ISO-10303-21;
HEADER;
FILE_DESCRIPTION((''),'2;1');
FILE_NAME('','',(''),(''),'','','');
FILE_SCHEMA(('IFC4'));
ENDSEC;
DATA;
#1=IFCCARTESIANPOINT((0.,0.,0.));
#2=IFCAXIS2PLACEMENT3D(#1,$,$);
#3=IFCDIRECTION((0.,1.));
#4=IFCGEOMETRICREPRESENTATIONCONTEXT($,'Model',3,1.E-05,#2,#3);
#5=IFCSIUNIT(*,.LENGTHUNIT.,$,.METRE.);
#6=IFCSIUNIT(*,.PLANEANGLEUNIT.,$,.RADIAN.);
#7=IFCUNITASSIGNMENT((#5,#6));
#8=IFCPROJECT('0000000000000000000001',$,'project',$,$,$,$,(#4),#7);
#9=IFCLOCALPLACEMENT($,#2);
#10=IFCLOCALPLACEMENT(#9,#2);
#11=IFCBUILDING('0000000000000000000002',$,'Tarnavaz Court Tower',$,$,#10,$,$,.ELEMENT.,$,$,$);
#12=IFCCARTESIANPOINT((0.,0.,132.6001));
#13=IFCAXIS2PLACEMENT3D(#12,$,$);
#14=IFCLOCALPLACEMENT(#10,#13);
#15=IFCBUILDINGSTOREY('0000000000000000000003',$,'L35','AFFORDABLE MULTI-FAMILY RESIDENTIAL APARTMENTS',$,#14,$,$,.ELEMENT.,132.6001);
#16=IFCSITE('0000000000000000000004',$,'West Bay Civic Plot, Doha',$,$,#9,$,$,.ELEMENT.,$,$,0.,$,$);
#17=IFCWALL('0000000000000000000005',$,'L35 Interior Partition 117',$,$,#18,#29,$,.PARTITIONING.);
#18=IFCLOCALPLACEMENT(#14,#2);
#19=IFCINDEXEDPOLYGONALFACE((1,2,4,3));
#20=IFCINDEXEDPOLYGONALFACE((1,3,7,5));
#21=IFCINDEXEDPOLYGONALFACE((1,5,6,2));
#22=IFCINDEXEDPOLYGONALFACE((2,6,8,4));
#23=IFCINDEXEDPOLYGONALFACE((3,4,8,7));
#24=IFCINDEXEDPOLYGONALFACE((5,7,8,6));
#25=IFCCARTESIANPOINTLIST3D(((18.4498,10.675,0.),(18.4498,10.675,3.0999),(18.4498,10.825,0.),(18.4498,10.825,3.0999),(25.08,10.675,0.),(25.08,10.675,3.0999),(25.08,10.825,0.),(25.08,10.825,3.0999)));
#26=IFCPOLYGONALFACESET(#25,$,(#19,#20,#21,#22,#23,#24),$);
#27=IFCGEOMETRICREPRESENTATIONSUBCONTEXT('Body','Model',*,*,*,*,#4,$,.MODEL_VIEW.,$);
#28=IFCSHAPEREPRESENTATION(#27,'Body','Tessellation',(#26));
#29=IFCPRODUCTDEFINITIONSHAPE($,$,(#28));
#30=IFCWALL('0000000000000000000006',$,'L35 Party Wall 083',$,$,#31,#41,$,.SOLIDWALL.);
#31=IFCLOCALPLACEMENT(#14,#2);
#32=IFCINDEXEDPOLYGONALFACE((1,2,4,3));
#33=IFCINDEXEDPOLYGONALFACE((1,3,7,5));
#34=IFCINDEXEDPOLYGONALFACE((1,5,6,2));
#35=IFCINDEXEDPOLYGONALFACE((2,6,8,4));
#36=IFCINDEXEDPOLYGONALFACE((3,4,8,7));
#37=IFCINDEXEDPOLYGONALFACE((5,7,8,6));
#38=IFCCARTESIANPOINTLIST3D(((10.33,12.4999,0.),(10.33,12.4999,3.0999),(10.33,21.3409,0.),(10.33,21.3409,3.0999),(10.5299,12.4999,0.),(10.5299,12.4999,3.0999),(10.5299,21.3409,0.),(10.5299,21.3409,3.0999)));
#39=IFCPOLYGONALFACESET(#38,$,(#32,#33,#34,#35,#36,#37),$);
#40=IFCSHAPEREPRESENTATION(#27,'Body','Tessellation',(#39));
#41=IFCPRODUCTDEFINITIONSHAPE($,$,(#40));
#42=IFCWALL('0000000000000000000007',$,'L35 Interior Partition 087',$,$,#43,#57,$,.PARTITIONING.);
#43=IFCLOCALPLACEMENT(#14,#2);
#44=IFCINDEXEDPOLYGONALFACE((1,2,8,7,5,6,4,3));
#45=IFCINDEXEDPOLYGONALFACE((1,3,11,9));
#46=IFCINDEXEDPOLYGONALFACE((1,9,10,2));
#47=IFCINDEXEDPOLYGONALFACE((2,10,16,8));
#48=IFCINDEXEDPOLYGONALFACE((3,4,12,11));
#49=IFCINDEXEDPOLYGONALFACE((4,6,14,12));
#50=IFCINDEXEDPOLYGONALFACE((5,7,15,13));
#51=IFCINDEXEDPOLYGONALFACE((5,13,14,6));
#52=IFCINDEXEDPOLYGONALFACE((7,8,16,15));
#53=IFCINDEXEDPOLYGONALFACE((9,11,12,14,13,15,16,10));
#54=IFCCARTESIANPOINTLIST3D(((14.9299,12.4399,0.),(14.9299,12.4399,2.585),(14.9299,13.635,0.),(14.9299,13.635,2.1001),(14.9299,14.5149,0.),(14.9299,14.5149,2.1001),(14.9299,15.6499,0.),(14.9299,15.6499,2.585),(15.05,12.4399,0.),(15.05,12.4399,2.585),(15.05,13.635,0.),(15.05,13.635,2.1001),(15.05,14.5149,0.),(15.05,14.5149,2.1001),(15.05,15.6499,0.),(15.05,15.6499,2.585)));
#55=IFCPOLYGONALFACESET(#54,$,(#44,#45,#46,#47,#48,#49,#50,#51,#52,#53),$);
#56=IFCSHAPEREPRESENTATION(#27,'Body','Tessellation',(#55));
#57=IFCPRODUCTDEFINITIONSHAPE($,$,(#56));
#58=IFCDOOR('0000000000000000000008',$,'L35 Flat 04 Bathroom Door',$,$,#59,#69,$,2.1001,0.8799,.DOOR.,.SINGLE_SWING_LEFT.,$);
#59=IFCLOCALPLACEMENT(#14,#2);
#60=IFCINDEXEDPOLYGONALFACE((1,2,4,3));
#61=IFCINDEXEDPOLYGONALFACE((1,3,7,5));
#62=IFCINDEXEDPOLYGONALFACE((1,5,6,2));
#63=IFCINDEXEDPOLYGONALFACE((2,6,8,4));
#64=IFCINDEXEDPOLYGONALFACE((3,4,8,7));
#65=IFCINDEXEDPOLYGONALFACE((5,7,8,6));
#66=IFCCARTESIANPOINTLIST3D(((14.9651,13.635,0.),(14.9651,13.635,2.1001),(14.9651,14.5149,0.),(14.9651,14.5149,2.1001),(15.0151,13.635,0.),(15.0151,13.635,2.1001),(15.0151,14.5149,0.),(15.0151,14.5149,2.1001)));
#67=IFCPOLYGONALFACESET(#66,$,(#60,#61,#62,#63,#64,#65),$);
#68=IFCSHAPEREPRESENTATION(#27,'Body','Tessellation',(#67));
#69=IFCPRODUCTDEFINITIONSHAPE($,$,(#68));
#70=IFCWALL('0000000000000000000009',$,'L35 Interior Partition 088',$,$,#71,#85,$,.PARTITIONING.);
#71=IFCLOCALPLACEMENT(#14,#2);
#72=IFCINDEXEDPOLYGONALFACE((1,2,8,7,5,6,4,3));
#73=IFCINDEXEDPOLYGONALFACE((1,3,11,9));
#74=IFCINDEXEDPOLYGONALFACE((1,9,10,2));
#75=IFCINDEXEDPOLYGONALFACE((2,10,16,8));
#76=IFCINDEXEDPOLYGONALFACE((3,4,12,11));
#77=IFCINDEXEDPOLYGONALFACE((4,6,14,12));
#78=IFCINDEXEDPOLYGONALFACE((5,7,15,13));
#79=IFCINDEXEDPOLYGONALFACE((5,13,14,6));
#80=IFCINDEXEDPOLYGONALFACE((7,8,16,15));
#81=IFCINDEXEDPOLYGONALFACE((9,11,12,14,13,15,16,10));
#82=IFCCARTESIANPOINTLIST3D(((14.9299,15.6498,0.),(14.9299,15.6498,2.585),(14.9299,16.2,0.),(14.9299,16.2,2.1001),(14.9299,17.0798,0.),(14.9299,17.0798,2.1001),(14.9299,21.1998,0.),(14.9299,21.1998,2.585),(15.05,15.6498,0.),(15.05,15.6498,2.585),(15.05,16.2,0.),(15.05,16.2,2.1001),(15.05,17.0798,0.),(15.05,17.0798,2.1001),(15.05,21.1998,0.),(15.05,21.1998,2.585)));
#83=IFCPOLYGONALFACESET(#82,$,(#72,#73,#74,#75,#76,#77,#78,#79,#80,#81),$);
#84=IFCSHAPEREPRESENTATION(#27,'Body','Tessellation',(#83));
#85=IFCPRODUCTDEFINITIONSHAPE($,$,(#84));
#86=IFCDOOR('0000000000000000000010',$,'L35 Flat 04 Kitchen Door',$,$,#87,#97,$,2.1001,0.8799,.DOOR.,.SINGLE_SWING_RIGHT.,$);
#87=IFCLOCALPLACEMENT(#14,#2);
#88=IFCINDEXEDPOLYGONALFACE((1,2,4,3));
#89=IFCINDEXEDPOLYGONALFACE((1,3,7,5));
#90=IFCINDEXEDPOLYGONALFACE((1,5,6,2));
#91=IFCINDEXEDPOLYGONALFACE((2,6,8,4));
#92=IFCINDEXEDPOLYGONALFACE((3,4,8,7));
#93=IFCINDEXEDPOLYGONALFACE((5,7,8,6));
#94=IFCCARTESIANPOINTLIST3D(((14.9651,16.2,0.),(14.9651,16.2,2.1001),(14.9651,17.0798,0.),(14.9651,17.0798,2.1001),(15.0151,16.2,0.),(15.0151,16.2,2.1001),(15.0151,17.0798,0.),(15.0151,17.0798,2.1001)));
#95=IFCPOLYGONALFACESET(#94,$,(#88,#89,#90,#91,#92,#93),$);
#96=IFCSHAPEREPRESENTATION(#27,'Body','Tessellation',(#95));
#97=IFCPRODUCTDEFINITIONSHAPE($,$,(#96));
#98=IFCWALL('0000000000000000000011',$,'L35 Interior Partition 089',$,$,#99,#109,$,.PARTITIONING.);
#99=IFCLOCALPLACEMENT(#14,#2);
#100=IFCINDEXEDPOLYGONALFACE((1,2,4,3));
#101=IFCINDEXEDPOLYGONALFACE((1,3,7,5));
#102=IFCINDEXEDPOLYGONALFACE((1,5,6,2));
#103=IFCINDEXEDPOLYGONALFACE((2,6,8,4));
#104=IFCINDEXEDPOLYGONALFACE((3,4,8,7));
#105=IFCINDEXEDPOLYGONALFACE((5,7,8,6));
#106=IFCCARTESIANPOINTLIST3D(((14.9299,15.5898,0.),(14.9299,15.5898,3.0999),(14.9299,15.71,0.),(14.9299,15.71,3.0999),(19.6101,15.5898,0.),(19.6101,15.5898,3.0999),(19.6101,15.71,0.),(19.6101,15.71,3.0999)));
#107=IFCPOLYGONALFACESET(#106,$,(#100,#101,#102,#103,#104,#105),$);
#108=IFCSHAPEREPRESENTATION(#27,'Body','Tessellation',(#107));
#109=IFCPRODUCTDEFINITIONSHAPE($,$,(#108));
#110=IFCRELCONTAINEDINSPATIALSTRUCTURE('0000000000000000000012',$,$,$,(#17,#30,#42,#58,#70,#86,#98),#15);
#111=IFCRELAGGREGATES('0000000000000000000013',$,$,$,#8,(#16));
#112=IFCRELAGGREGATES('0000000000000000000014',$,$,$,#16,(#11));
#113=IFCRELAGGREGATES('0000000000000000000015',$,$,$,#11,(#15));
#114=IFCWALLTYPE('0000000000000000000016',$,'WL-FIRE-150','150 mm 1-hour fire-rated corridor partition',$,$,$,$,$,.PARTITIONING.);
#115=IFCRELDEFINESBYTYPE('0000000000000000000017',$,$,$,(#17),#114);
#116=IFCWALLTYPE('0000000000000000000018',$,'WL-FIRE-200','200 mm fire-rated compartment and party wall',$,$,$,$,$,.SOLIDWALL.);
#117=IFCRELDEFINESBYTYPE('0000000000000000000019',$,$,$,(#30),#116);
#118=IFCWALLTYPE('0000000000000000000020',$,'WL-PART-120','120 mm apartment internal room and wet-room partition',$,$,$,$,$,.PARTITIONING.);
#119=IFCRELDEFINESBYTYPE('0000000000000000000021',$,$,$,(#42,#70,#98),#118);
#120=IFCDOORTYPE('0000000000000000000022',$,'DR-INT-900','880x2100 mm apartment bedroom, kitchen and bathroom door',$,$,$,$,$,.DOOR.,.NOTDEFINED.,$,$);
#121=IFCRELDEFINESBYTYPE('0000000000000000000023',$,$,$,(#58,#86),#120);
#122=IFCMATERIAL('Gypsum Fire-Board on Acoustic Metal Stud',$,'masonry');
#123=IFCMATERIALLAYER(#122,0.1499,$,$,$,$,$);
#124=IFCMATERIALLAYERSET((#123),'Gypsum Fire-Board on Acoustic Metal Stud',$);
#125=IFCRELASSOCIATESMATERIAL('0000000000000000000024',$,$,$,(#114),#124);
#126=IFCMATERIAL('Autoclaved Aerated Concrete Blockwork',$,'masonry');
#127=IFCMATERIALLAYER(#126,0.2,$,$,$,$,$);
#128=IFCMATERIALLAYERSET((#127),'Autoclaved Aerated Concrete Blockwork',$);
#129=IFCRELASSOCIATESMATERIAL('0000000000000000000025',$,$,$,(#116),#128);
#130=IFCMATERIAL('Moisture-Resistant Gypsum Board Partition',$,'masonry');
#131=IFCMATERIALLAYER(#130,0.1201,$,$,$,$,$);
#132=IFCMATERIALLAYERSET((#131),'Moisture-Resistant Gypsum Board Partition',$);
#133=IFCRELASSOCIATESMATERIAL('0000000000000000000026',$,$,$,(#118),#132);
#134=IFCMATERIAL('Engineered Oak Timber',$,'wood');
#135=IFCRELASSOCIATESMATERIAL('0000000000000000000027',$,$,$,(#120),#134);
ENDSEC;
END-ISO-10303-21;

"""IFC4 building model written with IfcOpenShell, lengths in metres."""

from ifc_helpers import new_model, si_unit, direction, frame, frame_2d, origin, place, context, subcontext, project, spatial, rectangle, extrude, material, layer, layer_set, type_object, element, fill, save


model = new_model("IFC4")

# Units and contexts
model_context = context("Model", 3, precision=1e-05, world=origin(), true_north=direction((0.0, 1.0)))
body_context = subcontext(model_context, "Body", "Model", "MODEL_VIEW")
ifc_project = project(units=[si_unit("LENGTHUNIT", "METRE"), si_unit("PLANEANGLEUNIT", "RADIAN")], contexts=[model_context])

# Site, building, storey
site_placement = place(None, origin())
site = spatial("IfcSite", under=ifc_project, at=site_placement, Name="West Bay Civic Plot, Doha", CompositionType="ELEMENT", RefElevation=0.0)
building_placement = place(site_placement, origin())
building = spatial("IfcBuilding", under=site, at=building_placement, Name="Tarnavaz Court Tower", CompositionType="ELEMENT")
storey_placement = place(building_placement, frame((0.0, 0.0, 132.6001)))
storey = spatial("IfcBuildingStorey", under=building, at=storey_placement, Name="L35", Description="AFFORDABLE MULTI-FAMILY RESIDENTIAL APARTMENTS", CompositionType="ELEMENT", Elevation=132.6001)

# Walls
ifc_material_1 = material(Name="Gypsum Fire-Board on Acoustic Metal Stud", Category="masonry")
ifc_layer_1 = layer(ifc_material_1, 0.1499)
ifc_layer_set_1 = layer_set([ifc_layer_1], Name="Gypsum Fire-Board on Acoustic Metal Stud")
wall_type_1 = type_object("IfcWallType", Name="WL-FIRE-150", Description="150 mm 1-hour fire-rated corridor partition", PredefinedType="PARTITIONING", material=ifc_layer_set_1)
wall_1_placement = place(storey_placement, frame((18.45, 10.75, 0.0), z_axis=(0.0, 0.0, 1.0), x_axis=(1.0, 0.0, 0.0)))
element("IfcWall", 1, at=wall_1_placement, inside=storey, type_object=wall_type_1, Name="L35 Interior Partition 117", PredefinedType="PARTITIONING", context=body_context, shape_type="SweptSolid", body=[
    extrude(rectangle(XDim=6.6301, YDim=0.1499, at=frame_2d((3.3149, 0.0))), origin(), (0.0, 0.0, 1.0), 3.0999),
])
ifc_material_2 = material(Name="Autoclaved Aerated Concrete Blockwork", Category="masonry")
ifc_layer_2 = layer(ifc_material_2, 0.2)
ifc_layer_set_2 = layer_set([ifc_layer_2], Name="Autoclaved Aerated Concrete Blockwork")
wall_type_2 = type_object("IfcWallType", Name="WL-FIRE-200", Description="200 mm fire-rated compartment and party wall", PredefinedType="SOLIDWALL", material=ifc_layer_set_2)
wall_2_placement = place(storey_placement, frame((10.4299, 12.5, 0.0), z_axis=(0.0, 0.0, 1.0), x_axis=(0.0, 1.0, 0.0)))
element("IfcWall", 2, at=wall_2_placement, inside=storey, type_object=wall_type_2, Name="L35 Party Wall 083", PredefinedType="SOLIDWALL", context=body_context, shape_type="SweptSolid", body=[
    extrude(rectangle(XDim=8.8411, YDim=0.2, at=frame_2d((4.4204, 0.0))), origin(), (0.0, 0.0, 1.0), 3.0999),
])

# Walls, openings, doors
ifc_material_3 = material(Name="Moisture-Resistant Gypsum Board Partition", Category="masonry")
ifc_layer_3 = layer(ifc_material_3, 0.1201)
ifc_layer_set_3 = layer_set([ifc_layer_3], Name="Moisture-Resistant Gypsum Board Partition")
wall_type_3 = type_object("IfcWallType", Name="WL-PART-120", Description="120 mm apartment internal room and wet-room partition", PredefinedType="PARTITIONING", material=ifc_layer_set_3)
wall_3_placement = place(storey_placement, frame((14.99, 12.4399, 0.0), z_axis=(0.0, 0.0, 1.0), x_axis=(0.0, 1.0, 0.0)))
wall_3 = element("IfcWall", 3, at=wall_3_placement, inside=storey, type_object=wall_type_3, Name="L35 Interior Partition 087", PredefinedType="PARTITIONING", context=body_context, shape_type="SweptSolid", body=[
    extrude(rectangle(XDim=3.21, YDim=0.1201, at=frame_2d((1.605, 0.0))), origin(), (0.0, 0.0, 1.0), 2.585),
])
opening_1_placement = place(wall_3_placement, frame((1.1951, 0.0, 0.0)))
opening_1 = element("IfcOpeningElement", 4, at=opening_1_placement, cuts=wall_3, PredefinedType="OPENING", context=body_context, shape_type="SweptSolid", body=[
    extrude(rectangle(XDim=0.8799, YDim=2.1001, at=frame_2d((0.4399, 1.05))), frame((0.0, 0.0701, 0.0), z_axis=(0.0, -1.0, 0.0), x_axis=(1.0, 0.0, 0.0)), (0.0, 0.0, 1.0), 0.1401),
])
ifc_material_4 = material(Name="Engineered Oak Timber", Category="wood")
door_type = type_object("IfcDoorType", Name="DR-INT-900", Description="880x2100 mm apartment bedroom, kitchen and bathroom door", OperationType="NOTDEFINED", PredefinedType="DOOR", material=ifc_material_4)
door_1_placement = place(opening_1_placement, origin())
door_1 = element("IfcDoor", 5, at=door_1_placement, inside=storey, type_object=door_type, Name="L35 Flat 04 Bathroom Door", OperationType="SINGLE_SWING_LEFT", OverallHeight=2.1001, OverallWidth=0.8799, PredefinedType="DOOR", context=body_context, shape_type="SweptSolid", body=[
    extrude(rectangle(XDim=0.8799, YDim=2.1001, at=frame_2d((0.4399, 1.05))), frame((0.0, 0.0249, 0.0), z_axis=(0.0, -1.0, 0.0), x_axis=(1.0, 0.0, 0.0)), (0.0, 0.0, 1.0), 0.05),
])
fill(opening_1, door_1)
wall_4_placement = place(storey_placement, frame((14.99, 15.6499, 0.0), z_axis=(0.0, 0.0, 1.0), x_axis=(0.0, 1.0, 0.0)))
wall_4 = element("IfcWall", 6, at=wall_4_placement, inside=storey, type_object=wall_type_3, Name="L35 Interior Partition 088", PredefinedType="PARTITIONING", context=body_context, shape_type="SweptSolid", body=[
    extrude(rectangle(XDim=5.55, YDim=0.1201, at=frame_2d((2.7749, 0.0))), origin(), (0.0, 0.0, 1.0), 2.585),
])
opening_2_placement = place(wall_4_placement, frame((0.55, 0.0, 0.0)))
opening_2 = element("IfcOpeningElement", 7, at=opening_2_placement, cuts=wall_4, PredefinedType="OPENING", context=body_context, shape_type="SweptSolid", body=[
    extrude(rectangle(XDim=0.8799, YDim=2.1001, at=frame_2d((0.4399, 1.05))), frame((0.0, 0.0701, 0.0), z_axis=(0.0, -1.0, 0.0), x_axis=(1.0, 0.0, 0.0)), (0.0, 0.0, 1.0), 0.1401),
])
door_2_placement = place(opening_2_placement, origin())
door_2 = element("IfcDoor", 8, at=door_2_placement, inside=storey, type_object=door_type, Name="L35 Flat 04 Kitchen Door", OperationType="SINGLE_SWING_RIGHT", OverallHeight=2.1001, OverallWidth=0.8799, PredefinedType="DOOR", context=body_context, shape_type="SweptSolid", body=[
    extrude(rectangle(XDim=0.8799, YDim=2.1001, at=frame_2d((0.4399, 1.05))), frame((0.0, 0.0249, 0.0), z_axis=(0.0, -1.0, 0.0), x_axis=(1.0, 0.0, 0.0)), (0.0, 0.0, 1.0), 0.05),
])
fill(opening_2, door_2)

# Wall
wall_5_placement = place(storey_placement, frame((14.9299, 15.6499, 0.0), z_axis=(0.0, 0.0, 1.0), x_axis=(1.0, 0.0, 0.0)))
element("IfcWall", 9, at=wall_5_placement, inside=storey, type_object=wall_type_3, Name="L35 Interior Partition 089", PredefinedType="PARTITIONING", context=body_context, shape_type="SweptSolid", body=[
    extrude(rectangle(XDim=4.6802, YDim=0.1201, at=frame_2d((2.3401, 0.0))), origin(), (0.0, 0.0, 1.0), 3.0999),
])

save(model, "model.ifc")
